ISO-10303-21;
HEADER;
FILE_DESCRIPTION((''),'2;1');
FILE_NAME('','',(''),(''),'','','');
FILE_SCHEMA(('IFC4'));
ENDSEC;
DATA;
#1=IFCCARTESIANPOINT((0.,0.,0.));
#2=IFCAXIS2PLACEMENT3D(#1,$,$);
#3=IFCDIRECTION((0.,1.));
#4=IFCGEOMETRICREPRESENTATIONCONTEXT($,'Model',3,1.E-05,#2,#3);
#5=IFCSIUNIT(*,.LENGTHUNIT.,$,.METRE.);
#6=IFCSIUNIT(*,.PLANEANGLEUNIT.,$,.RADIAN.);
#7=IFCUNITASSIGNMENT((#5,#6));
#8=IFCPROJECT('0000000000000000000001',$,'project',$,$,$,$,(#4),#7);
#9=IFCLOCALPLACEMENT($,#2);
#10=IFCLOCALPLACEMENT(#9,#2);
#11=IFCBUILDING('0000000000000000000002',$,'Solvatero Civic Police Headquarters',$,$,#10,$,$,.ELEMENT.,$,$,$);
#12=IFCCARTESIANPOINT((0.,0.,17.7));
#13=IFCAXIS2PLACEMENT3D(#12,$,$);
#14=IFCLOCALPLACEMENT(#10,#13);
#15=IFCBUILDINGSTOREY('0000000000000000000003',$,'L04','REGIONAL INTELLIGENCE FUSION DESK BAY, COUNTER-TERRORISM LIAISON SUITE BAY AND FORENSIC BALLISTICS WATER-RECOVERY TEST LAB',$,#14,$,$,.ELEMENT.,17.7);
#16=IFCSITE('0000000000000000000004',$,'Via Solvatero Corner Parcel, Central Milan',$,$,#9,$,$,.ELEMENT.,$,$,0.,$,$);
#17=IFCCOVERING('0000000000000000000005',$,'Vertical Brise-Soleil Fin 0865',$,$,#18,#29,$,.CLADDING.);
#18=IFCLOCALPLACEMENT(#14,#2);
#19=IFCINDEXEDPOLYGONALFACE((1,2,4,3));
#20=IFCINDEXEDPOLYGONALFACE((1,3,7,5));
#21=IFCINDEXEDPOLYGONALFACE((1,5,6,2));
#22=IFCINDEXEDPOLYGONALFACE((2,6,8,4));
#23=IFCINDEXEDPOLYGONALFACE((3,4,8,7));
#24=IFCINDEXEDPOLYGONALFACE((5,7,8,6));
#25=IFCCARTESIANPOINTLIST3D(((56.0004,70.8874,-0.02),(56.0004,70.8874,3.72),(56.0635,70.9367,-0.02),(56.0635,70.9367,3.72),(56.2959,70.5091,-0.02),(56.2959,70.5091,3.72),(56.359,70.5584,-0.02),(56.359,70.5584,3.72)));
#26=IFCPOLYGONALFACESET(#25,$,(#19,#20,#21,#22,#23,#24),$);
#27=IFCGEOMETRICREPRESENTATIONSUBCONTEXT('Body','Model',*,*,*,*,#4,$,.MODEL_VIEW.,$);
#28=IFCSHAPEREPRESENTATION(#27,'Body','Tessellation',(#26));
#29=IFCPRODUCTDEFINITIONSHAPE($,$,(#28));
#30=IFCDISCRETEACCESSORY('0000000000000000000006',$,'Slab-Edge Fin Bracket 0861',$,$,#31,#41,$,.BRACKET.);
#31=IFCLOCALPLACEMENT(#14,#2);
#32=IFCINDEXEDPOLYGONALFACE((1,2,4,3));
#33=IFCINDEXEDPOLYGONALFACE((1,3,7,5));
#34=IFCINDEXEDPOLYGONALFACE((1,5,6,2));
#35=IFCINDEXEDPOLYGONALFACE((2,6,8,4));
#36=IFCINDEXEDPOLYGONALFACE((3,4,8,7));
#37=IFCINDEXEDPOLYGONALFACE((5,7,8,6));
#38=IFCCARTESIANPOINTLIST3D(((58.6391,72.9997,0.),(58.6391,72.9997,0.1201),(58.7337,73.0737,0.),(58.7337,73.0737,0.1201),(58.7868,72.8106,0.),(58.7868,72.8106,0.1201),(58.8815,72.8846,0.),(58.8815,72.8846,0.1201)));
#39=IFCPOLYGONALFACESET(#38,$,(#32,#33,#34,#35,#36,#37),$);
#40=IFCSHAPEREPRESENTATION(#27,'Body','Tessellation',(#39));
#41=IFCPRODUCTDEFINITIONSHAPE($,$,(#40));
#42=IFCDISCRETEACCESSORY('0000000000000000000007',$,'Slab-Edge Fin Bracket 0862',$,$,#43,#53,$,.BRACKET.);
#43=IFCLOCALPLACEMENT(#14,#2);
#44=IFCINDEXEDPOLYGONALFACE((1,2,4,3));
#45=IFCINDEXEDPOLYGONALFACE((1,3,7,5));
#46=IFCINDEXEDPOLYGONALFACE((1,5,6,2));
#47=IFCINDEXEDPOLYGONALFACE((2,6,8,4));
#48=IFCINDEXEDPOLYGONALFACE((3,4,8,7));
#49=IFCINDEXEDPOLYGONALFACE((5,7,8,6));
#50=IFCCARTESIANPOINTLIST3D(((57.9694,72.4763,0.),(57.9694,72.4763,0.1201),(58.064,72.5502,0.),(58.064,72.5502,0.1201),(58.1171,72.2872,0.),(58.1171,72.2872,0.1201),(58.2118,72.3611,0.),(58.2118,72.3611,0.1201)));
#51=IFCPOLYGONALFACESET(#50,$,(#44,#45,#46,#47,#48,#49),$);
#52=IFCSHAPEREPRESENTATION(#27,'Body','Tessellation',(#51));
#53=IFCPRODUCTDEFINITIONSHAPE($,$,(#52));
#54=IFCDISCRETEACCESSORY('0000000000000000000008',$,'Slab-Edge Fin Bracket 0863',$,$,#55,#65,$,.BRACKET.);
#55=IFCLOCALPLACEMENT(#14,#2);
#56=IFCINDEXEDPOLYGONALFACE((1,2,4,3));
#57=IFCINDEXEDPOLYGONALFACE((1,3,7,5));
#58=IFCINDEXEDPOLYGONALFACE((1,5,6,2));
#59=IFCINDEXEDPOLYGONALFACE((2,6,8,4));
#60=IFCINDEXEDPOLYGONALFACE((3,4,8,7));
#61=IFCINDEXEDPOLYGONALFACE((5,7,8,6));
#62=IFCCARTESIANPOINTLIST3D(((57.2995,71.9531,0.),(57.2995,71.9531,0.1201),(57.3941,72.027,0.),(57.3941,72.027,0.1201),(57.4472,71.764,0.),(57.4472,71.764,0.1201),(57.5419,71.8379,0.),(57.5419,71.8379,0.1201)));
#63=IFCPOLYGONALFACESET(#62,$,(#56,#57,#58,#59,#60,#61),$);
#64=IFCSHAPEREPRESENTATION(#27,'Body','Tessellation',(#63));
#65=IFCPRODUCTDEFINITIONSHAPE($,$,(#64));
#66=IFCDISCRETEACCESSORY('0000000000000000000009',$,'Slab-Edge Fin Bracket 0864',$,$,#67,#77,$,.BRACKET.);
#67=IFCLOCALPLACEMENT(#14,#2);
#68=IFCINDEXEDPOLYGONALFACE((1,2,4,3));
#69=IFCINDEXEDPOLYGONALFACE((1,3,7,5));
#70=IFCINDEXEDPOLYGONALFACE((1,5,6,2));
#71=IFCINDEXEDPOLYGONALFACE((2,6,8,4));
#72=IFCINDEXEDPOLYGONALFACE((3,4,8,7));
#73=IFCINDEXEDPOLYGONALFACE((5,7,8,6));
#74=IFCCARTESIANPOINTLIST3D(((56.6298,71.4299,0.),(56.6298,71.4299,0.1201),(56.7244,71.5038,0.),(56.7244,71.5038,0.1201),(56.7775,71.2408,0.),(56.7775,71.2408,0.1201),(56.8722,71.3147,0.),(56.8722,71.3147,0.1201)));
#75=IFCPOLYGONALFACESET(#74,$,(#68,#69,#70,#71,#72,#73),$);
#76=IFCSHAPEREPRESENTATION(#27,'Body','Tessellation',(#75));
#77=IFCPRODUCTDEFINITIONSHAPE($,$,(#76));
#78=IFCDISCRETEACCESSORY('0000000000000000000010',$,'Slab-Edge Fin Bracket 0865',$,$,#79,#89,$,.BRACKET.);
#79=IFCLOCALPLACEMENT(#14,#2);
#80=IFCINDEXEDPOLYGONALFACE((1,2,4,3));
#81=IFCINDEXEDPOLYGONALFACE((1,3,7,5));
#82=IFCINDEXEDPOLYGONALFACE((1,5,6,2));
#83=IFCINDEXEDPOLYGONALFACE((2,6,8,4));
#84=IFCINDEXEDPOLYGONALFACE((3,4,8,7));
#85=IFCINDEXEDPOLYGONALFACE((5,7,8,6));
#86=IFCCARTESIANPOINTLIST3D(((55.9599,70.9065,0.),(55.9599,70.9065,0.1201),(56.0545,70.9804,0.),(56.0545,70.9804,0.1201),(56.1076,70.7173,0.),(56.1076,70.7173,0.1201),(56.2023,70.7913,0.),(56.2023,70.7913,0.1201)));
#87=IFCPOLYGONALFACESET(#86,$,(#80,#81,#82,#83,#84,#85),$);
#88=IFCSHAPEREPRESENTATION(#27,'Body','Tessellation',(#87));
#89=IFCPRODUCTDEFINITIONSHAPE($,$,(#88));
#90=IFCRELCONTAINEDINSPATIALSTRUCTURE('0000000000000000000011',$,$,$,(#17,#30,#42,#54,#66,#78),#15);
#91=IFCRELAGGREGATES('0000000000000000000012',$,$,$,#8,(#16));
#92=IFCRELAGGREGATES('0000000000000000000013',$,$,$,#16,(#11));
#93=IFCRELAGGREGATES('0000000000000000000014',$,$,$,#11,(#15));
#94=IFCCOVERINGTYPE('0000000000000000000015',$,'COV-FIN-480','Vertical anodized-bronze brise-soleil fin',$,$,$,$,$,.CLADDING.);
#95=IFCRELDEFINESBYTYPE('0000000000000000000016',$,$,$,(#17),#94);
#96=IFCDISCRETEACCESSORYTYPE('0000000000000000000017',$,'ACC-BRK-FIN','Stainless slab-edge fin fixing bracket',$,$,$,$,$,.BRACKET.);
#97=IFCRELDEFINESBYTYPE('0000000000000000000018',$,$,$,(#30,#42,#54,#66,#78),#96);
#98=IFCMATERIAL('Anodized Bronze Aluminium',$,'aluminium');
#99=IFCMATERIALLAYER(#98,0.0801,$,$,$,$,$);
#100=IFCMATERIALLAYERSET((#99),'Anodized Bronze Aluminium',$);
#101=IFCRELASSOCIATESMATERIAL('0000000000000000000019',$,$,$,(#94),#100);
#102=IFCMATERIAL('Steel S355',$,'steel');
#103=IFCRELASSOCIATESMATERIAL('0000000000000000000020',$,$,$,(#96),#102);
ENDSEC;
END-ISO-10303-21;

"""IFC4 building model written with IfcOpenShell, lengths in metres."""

from ifc_helpers import new_model, si_unit, direction, frame, origin, origin_2d, place, context, subcontext, project, spatial, rectangle, extrude, material, layer, layer_set, type_object, element, save


model = new_model("IFC4")

# Units and contexts
model_context = context("Model", 3, precision=1e-05, world=origin(), true_north=direction((0.0, 1.0)))
body_context = subcontext(model_context, "Body", "Model", "MODEL_VIEW")
ifc_project = project(units=[si_unit("LENGTHUNIT", "METRE"), si_unit("PLANEANGLEUNIT", "RADIAN")], contexts=[model_context])

# Site, building, storey
site_placement = place(None, origin())
site = spatial("IfcSite", under=ifc_project, at=site_placement, Name="Via Solvatero Corner Parcel, Central Milan", CompositionType="ELEMENT", RefElevation=0.0)
building_placement = place(site_placement, origin())
building = spatial("IfcBuilding", under=site, at=building_placement, Name="Solvatero Civic Police Headquarters", CompositionType="ELEMENT")
storey_placement = place(building_placement, frame((0.0, 0.0, 17.7)))
storey = spatial("IfcBuildingStorey", under=building, at=storey_placement, Name="L04", Description="REGIONAL INTELLIGENCE FUSION DESK BAY, COUNTER-TERRORISM LIAISON SUITE BAY AND FORENSIC BALLISTICS WATER-RECOVERY TEST LAB", CompositionType="ELEMENT", Elevation=17.7)

# Shared definitions
ifc_material_1 = material(Name="Anodized Bronze Aluminium", Category="aluminium")

# Covering
ifc_layer_1 = layer(ifc_material_1, 0.0801)
ifc_layer_set_1 = layer_set([ifc_layer_1], Name="Anodized Bronze Aluminium")
covering_type = type_object("IfcCoveringType", Name="COV-FIN-480", Description="Vertical anodized-bronze brise-soleil fin", PredefinedType="CLADDING", material=ifc_layer_set_1)
for number, where, z_axis, x_axis, name in (
    (1, (56.1797, 70.7229, -0.02), (0.0, 0.0, 1.0), (-0.788011, -0.615661, 0.0), "Vertical Brise-Soleil Fin 0865"),
):
    element("IfcCovering", number, at=place(storey_placement, frame(where, z_axis=z_axis, x_axis=x_axis)), inside=storey, type_object=covering_type, Name=name, PredefinedType="CLADDING", context=body_context, shape_type="SweptSolid", body=[
        extrude(rectangle(XDim=0.0801, YDim=0.48, at=origin_2d()), origin(), (0.0, 0.0, 1.0), 3.74),
    ])

# Discrete accessories
ifc_material_2 = material(Name="Steel S355", Category="steel")
discrete_accessory_type = type_object("IfcDiscreteAccessoryType", Name="ACC-BRK-FIN", Description="Stainless slab-edge fin fixing bracket", PredefinedType="BRACKET", material=ifc_material_2)
for number, where, z_axis, x_axis, name in (
    (2, (58.7603, 72.9421, 0.0), (0.0, 0.0, 1.0), (-0.788011, -0.615661, 0.0), "Slab-Edge Fin Bracket 0861"),
    (3, (58.0906, 72.4187, 0.0), (0.0, 0.0, 1.0), (-0.788011, -0.615661, 0.0), "Slab-Edge Fin Bracket 0862"),
    (4, (57.4207, 71.8955, 0.0), (0.0, 0.0, 1.0), (-0.788011, -0.615661, 0.0), "Slab-Edge Fin Bracket 0863"),
    (5, (56.751, 71.3723, 0.0), (0.0, 0.0, 1.0), (-0.788011, -0.615661, 0.0), "Slab-Edge Fin Bracket 0864"),
    (6, (56.0811, 70.8489, 0.0), (0.0, 0.0, 1.0), (-0.788011, -0.615661, 0.0), "Slab-Edge Fin Bracket 0865"),
):
    element("IfcDiscreteAccessory", number, at=place(storey_placement, frame(where, z_axis=z_axis, x_axis=x_axis)), inside=storey, type_object=discrete_accessory_type, Name=name, PredefinedType="BRACKET", context=body_context, shape_type="SweptSolid", body=[
        extrude(rectangle(XDim=0.1201, YDim=0.24, at=origin_2d()), origin(), (0.0, 0.0, 1.0), 0.1201),
    ])

save(model, "model.ifc")
